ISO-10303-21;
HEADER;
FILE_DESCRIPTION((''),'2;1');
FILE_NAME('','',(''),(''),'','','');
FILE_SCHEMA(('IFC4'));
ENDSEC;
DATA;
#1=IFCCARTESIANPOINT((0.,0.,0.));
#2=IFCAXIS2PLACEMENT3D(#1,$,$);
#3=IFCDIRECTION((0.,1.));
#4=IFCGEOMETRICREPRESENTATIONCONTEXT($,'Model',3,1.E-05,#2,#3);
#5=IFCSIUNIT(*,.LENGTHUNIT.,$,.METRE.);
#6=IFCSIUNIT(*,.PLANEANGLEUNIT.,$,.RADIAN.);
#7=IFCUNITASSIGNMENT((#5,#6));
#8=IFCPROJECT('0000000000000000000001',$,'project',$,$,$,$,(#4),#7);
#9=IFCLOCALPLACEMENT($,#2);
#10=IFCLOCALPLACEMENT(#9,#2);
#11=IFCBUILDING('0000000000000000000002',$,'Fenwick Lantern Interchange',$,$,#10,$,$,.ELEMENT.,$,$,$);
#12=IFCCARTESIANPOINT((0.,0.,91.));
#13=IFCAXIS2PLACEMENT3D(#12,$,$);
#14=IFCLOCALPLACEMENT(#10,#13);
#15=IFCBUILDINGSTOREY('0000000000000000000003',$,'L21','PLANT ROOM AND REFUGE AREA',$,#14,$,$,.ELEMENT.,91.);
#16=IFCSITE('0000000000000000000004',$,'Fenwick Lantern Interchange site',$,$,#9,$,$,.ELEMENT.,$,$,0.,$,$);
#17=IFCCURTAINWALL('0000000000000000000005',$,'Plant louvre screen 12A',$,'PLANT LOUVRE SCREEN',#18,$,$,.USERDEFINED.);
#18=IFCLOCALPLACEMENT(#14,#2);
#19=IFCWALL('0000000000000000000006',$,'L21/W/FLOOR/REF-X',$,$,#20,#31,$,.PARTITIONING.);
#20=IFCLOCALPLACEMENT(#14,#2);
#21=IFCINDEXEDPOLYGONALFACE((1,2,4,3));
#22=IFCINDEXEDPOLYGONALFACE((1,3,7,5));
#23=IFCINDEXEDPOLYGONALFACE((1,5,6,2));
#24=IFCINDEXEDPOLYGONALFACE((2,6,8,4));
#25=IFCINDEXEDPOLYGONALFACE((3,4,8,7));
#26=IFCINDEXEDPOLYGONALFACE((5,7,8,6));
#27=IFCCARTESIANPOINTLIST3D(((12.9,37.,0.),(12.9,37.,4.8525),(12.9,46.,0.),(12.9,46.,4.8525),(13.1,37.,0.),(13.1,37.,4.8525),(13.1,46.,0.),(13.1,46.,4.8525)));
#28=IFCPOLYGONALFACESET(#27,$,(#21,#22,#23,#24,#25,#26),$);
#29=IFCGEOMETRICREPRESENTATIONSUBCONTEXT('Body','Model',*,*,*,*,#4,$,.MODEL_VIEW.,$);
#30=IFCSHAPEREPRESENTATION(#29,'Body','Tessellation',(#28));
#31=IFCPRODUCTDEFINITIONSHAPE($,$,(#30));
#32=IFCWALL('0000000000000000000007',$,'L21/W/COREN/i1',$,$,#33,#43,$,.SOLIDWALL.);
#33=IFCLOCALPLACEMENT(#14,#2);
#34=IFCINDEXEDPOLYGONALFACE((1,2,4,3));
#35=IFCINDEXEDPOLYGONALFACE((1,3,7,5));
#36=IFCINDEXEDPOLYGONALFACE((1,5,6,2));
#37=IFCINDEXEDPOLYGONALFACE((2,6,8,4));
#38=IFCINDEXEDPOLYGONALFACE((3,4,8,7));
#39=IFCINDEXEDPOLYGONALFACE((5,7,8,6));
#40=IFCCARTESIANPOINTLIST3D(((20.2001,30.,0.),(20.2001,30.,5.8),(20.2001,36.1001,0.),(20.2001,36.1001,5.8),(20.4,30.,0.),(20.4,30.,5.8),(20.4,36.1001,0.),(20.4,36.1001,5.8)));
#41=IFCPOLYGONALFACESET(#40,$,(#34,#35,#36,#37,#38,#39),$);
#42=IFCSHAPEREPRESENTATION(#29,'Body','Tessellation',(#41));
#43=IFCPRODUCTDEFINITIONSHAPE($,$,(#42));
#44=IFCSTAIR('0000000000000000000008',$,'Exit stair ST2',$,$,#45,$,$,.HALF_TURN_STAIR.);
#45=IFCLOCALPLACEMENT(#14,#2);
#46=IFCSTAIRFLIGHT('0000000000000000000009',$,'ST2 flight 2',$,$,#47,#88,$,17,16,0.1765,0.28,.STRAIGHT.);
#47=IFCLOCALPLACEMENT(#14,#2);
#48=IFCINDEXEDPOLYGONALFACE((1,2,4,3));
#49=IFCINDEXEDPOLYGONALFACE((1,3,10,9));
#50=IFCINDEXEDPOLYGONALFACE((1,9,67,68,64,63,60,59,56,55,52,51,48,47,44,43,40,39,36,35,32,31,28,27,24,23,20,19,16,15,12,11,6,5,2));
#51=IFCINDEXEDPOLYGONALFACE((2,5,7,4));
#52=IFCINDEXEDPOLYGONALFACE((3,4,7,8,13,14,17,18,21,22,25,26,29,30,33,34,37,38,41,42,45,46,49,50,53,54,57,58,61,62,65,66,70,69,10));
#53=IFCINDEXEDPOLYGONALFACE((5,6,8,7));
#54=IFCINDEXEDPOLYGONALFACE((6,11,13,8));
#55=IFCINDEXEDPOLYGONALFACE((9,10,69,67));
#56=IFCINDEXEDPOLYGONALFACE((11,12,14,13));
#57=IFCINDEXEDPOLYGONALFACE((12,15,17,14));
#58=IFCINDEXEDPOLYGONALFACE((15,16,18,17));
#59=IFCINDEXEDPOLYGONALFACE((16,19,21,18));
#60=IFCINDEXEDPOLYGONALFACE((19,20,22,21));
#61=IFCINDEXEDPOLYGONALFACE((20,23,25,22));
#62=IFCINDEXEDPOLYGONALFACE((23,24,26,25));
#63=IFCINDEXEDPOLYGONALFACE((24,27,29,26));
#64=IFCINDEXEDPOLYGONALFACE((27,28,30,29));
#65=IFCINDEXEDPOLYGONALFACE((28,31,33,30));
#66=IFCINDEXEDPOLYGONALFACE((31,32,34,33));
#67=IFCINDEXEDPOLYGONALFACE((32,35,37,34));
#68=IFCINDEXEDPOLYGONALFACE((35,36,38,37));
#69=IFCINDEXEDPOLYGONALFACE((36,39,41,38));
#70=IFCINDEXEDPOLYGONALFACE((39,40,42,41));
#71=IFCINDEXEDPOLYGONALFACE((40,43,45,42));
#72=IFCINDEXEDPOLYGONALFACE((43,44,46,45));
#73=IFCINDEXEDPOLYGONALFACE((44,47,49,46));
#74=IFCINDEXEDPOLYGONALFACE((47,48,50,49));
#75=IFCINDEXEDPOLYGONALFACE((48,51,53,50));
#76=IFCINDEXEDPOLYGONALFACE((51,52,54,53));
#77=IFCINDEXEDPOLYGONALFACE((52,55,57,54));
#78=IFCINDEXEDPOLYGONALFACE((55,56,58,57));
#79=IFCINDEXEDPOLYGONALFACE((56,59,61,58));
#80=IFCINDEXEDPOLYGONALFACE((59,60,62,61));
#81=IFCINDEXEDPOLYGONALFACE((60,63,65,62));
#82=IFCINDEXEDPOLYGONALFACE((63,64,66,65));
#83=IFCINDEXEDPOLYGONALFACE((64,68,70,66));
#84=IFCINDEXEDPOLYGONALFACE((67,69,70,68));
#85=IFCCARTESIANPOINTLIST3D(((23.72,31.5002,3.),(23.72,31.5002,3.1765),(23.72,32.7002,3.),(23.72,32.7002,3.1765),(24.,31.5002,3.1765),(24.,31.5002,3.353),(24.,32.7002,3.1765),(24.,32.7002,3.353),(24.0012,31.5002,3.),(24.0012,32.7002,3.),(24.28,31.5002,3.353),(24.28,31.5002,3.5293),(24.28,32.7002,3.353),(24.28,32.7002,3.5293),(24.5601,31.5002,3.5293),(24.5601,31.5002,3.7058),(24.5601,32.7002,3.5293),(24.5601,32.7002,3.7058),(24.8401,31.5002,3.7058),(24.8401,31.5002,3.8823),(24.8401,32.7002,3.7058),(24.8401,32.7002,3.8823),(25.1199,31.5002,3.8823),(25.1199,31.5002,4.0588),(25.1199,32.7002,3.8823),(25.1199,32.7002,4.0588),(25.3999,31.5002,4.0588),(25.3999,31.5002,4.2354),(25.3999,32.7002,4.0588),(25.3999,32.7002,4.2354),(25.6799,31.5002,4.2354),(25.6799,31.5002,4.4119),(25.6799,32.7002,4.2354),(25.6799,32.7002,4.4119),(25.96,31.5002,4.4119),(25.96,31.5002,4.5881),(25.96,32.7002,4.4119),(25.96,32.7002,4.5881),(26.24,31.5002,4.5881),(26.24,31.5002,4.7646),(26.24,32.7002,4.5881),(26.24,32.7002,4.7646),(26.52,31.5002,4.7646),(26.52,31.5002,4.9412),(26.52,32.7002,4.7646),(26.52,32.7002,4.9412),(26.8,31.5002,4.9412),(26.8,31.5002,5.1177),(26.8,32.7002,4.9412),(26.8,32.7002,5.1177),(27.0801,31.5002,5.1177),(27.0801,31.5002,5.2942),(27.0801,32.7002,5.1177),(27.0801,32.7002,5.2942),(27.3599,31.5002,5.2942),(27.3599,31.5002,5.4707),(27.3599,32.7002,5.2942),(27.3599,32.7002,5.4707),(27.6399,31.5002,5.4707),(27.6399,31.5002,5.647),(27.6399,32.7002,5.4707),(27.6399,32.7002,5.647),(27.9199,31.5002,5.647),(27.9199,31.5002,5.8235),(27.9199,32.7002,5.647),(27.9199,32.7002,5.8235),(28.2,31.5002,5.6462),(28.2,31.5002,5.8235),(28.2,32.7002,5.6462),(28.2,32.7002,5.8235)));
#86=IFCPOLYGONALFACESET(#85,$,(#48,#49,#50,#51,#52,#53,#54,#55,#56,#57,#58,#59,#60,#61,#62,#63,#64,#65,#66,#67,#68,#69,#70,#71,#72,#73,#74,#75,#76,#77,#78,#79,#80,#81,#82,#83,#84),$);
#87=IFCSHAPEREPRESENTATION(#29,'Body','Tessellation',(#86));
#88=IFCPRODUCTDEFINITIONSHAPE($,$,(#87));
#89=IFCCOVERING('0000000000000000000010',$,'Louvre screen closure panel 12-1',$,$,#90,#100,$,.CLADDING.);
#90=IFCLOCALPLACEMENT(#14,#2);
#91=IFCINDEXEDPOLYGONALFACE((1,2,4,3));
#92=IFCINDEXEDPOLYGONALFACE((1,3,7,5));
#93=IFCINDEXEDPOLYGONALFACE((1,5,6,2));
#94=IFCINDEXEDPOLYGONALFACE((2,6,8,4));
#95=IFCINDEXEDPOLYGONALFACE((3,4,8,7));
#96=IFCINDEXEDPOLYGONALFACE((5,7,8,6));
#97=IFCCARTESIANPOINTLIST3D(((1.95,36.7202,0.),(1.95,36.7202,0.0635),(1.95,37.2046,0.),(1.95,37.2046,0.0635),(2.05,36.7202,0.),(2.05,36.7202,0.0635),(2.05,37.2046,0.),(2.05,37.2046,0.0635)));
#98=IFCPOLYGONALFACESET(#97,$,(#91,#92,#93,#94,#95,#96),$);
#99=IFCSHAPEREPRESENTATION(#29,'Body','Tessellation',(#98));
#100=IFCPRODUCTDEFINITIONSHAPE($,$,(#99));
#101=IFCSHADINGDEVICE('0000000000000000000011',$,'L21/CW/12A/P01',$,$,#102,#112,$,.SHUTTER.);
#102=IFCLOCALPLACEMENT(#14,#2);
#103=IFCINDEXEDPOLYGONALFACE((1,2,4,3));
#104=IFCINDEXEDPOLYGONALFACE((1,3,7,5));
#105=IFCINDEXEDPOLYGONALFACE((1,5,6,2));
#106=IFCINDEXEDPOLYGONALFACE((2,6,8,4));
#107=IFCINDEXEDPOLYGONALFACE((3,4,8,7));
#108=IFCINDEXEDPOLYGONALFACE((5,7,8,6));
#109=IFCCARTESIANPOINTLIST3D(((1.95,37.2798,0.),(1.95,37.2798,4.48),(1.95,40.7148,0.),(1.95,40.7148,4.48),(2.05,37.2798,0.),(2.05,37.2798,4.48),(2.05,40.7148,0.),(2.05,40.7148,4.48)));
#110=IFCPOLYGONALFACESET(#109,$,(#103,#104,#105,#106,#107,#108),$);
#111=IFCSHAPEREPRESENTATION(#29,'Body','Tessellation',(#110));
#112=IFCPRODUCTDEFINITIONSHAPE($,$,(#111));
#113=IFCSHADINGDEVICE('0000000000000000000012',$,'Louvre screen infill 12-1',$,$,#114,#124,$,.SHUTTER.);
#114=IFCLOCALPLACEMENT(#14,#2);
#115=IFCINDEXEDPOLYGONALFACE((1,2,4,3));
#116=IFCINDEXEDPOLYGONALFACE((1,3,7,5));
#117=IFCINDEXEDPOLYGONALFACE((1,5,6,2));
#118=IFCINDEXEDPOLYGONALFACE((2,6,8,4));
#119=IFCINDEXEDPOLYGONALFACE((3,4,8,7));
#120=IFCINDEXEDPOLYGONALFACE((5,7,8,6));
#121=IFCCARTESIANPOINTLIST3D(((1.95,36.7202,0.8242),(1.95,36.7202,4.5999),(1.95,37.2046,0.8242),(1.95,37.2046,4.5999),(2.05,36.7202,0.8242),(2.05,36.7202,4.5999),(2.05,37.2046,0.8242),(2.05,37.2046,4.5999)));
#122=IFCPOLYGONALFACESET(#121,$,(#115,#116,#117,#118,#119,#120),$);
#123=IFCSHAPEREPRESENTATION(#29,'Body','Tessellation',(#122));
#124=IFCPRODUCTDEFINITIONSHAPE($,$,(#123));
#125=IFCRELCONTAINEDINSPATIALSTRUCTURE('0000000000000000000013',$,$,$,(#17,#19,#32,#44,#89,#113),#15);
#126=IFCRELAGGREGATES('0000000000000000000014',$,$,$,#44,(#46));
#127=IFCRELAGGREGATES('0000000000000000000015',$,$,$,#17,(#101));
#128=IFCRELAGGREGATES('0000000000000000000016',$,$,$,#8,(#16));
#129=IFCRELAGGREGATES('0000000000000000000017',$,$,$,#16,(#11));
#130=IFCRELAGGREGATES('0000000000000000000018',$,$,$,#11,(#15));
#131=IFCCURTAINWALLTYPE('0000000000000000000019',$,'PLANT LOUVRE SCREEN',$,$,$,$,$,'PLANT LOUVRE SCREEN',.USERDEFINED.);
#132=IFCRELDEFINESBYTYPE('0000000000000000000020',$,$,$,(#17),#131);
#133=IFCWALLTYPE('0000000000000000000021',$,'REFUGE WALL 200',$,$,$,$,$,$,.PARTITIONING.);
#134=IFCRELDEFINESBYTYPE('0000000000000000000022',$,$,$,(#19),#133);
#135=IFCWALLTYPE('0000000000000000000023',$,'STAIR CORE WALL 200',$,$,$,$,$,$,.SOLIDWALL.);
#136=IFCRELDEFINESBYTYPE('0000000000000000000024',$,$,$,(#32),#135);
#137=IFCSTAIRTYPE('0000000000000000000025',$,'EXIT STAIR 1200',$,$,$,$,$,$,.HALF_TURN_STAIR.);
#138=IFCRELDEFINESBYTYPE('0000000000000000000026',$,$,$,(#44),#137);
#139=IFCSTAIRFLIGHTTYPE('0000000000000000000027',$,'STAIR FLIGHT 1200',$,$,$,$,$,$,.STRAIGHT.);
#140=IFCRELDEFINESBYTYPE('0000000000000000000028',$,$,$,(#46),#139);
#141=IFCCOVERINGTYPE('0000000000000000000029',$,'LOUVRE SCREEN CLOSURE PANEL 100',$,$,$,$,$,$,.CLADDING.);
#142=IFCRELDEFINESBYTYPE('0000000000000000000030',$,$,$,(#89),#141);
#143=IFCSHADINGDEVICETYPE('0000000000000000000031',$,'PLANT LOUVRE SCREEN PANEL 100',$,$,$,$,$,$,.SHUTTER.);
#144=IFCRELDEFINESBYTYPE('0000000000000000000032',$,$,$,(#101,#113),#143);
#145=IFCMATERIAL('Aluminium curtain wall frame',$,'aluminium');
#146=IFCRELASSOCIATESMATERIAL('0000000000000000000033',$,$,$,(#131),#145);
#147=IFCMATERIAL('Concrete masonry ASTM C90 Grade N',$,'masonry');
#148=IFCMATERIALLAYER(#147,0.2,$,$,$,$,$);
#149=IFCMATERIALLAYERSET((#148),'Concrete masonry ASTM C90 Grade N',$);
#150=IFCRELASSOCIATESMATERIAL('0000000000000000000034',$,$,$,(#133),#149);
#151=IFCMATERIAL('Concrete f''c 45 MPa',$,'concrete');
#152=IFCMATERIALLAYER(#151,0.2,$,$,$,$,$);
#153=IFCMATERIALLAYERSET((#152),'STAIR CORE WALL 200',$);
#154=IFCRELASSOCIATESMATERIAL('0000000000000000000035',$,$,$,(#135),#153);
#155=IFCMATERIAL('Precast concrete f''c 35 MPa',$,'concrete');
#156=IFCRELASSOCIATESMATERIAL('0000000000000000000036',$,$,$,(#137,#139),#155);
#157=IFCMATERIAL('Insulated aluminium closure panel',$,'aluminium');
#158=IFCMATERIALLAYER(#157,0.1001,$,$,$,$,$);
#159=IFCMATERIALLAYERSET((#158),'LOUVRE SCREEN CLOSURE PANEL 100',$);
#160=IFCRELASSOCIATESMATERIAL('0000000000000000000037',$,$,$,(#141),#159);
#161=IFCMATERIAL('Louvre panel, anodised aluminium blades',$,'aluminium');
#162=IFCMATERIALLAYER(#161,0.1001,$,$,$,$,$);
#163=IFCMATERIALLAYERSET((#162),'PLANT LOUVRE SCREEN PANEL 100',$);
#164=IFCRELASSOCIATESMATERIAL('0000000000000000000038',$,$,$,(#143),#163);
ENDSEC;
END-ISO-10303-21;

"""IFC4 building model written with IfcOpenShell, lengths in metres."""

from ifc_helpers import new_model, si_unit, direction, frame, frame_2d, origin, origin_2d, place, context, subcontext, project, spatial, polyline, rectangle, outline, extrude, material, layer, layer_set, type_object, element, aggregate, save


model = new_model("IFC4")

# Units and contexts
model_context = context("Model", 3, precision=1e-05, world=origin(), true_north=direction((0.0, 1.0)))
body_context = subcontext(model_context, "Body", "Model", "MODEL_VIEW")
ifc_project = project(units=[si_unit("LENGTHUNIT", "METRE"), si_unit("PLANEANGLEUNIT", "RADIAN")], contexts=[model_context])

# Site, building, storey
site_placement = place(None, origin())
site = spatial("IfcSite", under=ifc_project, at=site_placement, Name="Fenwick Lantern Interchange site", CompositionType="ELEMENT", RefElevation=0.0)
building_placement = place(site_placement, origin())
building = spatial("IfcBuilding", under=site, at=building_placement, Name="Fenwick Lantern Interchange", CompositionType="ELEMENT")
storey_placement = place(building_placement, frame((0.0, 0.0, 91.0)))
storey = spatial("IfcBuildingStorey", under=building, at=storey_placement, Name="L21", Description="PLANT ROOM AND REFUGE AREA", CompositionType="ELEMENT", Elevation=91.0)

# Curtain wall
ifc_material_1 = material(Name="Aluminium curtain wall frame", Category="aluminium")
curtain_wall_type = type_object("IfcCurtainWallType", Name="PLANT LOUVRE SCREEN", ElementType="PLANT LOUVRE SCREEN", PredefinedType="USERDEFINED", material=ifc_material_1)
curtain_wall_placement = place(storey_placement, origin())
curtain_wall = element("IfcCurtainWall", 1, at=curtain_wall_placement, inside=storey, type_object=curtain_wall_type, Name="Plant louvre screen 12A", ObjectType="PLANT LOUVRE SCREEN", PredefinedType="USERDEFINED")

# Shared definitions
ifc_material_2 = material(Name="Concrete masonry ASTM C90 Grade N", Category="masonry")

# Walls
ifc_layer_1 = layer(ifc_material_2, 0.2)
ifc_layer_set_1 = layer_set([ifc_layer_1], Name="Concrete masonry ASTM C90 Grade N")
wall_type_1 = type_object("IfcWallType", Name="REFUGE WALL 200", PredefinedType="PARTITIONING", material=ifc_layer_set_1)
wall_1_placement = place(storey_placement, frame((13.0, 37.0, 0.0), z_axis=(0.0, 0.0, 1.0), x_axis=(0.0, 1.0, 0.0)))
element("IfcWall", 2, at=wall_1_placement, inside=storey, type_object=wall_type_1, Name="L21/W/FLOOR/REF-X", PredefinedType="PARTITIONING", context=body_context, shape_type="SweptSolid", body=[
    extrude(rectangle(XDim=9.0, YDim=0.2, at=frame_2d((4.5, 0.0))), origin(), (0.0, 0.0, 1.0), 4.8525),
])
ifc_material_3 = material(Name="Concrete f'c 45 MPa", Category="concrete")
ifc_layer_2 = layer(ifc_material_3, 0.2)
ifc_layer_set_2 = layer_set([ifc_layer_2], Name="STAIR CORE WALL 200")
wall_type_2 = type_object("IfcWallType", Name="STAIR CORE WALL 200", PredefinedType="SOLIDWALL", material=ifc_layer_set_2)
wall_2_placement = place(storey_placement, frame((20.3, 36.1001, 0.0), z_axis=(0.0, 0.0, 1.0), x_axis=(0.0, -1.0, 0.0)))
element("IfcWall", 3, at=wall_2_placement, inside=storey, type_object=wall_type_2, Name="L21/W/COREN/i1", PredefinedType="SOLIDWALL", context=body_context, shape_type="SweptSolid", body=[
    extrude(rectangle(XDim=6.1001, YDim=0.2, at=frame_2d((3.05, 0.0))), origin(), (0.0, 0.0, 1.0), 5.8),
])

# Stair, stair flight
ifc_material_4 = material(Name="Precast concrete f'c 35 MPa", Category="concrete")
stair_type = type_object("IfcStairType", Name="EXIT STAIR 1200", PredefinedType="HALF_TURN_STAIR", material=ifc_material_4)
stair_placement = place(storey_placement, origin())
stair = element("IfcStair", 4, at=stair_placement, inside=storey, type_object=stair_type, Name="Exit stair ST2", PredefinedType="HALF_TURN_STAIR")
stair_flight_type = type_object("IfcStairFlightType", Name="STAIR FLIGHT 1200", PredefinedType="STRAIGHT", material=ifc_material_4)
stair_flight_placement = place(storey_placement, frame((23.72, 32.1001, 3.0), z_axis=(0.0, 0.0, 1.0), x_axis=(1.0, 0.0, 0.0)))
stair_flight = element("IfcStairFlight", 5, at=stair_flight_placement, type_object=stair_flight_type, Name="ST2 flight 2", NumberOfRisers=17, NumberOfTreads=16, PredefinedType="STRAIGHT", RiserHeight=0.1765, TreadLength=0.28, context=body_context, shape_type="SweptSolid", body=[
    extrude(outline(polyline([(0.0, 0.0), (0.0, 0.1765), (0.28, 0.1765), (0.28, 0.353), (0.5601, 0.353), (0.5601, 0.5293), (0.8401, 0.5293), (0.8401, 0.7058), (1.1201, 0.7058), (1.1201, 0.8823), (1.3999, 0.8823), (1.3999, 1.0588), (1.6799, 1.0588), (1.6799, 1.2354), (1.96, 1.2354), (1.96, 1.4119), (2.24, 1.4119), (2.24, 1.5881), (2.52, 1.5881), (2.52, 1.7646), (2.8, 1.7646), (2.8, 1.9412), (3.0801, 1.9412), (3.0801, 2.1177), (3.3601, 2.1177), (3.3601, 2.2942), (3.6399, 2.2942), (3.6399, 2.4707), (3.9199, 2.4707), (3.9199, 2.647), (4.2, 2.647), (4.2, 2.8235), (4.48, 2.8235), (4.48, 3.0), (4.48, 2.6462), (0.2812, 0.0), (0.0, 0.0)])), frame((0.0, 0.6001, 0.0), z_axis=(0.0, -1.0, 0.0), x_axis=(1.0, 0.0, 0.0)), (0.0, 0.0, 1.0), 1.2),
])
aggregate(stair, [stair_flight])

# Covering
ifc_material_5 = material(Name="Insulated aluminium closure panel", Category="aluminium")
ifc_layer_3 = layer(ifc_material_5, 0.1001)
ifc_layer_set_3 = layer_set([ifc_layer_3], Name="LOUVRE SCREEN CLOSURE PANEL 100")
covering_type = type_object("IfcCoveringType", Name="LOUVRE SCREEN CLOSURE PANEL 100", PredefinedType="CLADDING", material=ifc_layer_set_3)
covering_placement = place(storey_placement, frame((2.0, 36.9624, 0.0), z_axis=(0.0, 0.0, 1.0), x_axis=(0.0, -1.0, 0.0)))
element("IfcCovering", 6, at=covering_placement, inside=storey, type_object=covering_type, Name="Louvre screen closure panel 12-1", PredefinedType="CLADDING", context=body_context, shape_type="SweptSolid", body=[
    extrude(rectangle(XDim=0.4844, YDim=0.1001, at=origin_2d()), origin(), (0.0, 0.0, 1.0), 0.0635),
])

# Shading devices
ifc_material_6 = material(Name="Louvre panel, anodised aluminium blades", Category="aluminium")
ifc_layer_4 = layer(ifc_material_6, 0.1001)
ifc_layer_set_4 = layer_set([ifc_layer_4], Name="PLANT LOUVRE SCREEN PANEL 100")
shading_device_type = type_object("IfcShadingDeviceType", Name="PLANT LOUVRE SCREEN PANEL 100", PredefinedType="SHUTTER", material=ifc_layer_set_4)
shading_device_1_placement = place(storey_placement, frame((2.0, 38.9973, 0.0), z_axis=(0.0, 0.0, 1.0), x_axis=(0.0, -1.0, 0.0)))
shading_device_1 = element("IfcShadingDevice", 7, at=shading_device_1_placement, type_object=shading_device_type, Name="L21/CW/12A/P01", PredefinedType="SHUTTER", context=body_context, shape_type="SweptSolid", body=[
    extrude(rectangle(XDim=3.4351, YDim=0.1001, at=origin_2d()), origin(), (0.0, 0.0, 1.0), 4.48),
])
aggregate(curtain_wall, [shading_device_1])
shading_device_2_placement = place(storey_placement, frame((2.0, 36.9624, 0.8242), z_axis=(0.0, 0.0, 1.0), x_axis=(0.0, -1.0, 0.0)))
element("IfcShadingDevice", 8, at=shading_device_2_placement, inside=storey, type_object=shading_device_type, Name="Louvre screen infill 12-1", PredefinedType="SHUTTER", context=body_context, shape_type="SweptSolid", body=[
    extrude(rectangle(XDim=0.4844, YDim=0.1001, at=origin_2d()), origin(), (0.0, 0.0, 1.0), 3.7756),
])

save(model, "model.ifc")
